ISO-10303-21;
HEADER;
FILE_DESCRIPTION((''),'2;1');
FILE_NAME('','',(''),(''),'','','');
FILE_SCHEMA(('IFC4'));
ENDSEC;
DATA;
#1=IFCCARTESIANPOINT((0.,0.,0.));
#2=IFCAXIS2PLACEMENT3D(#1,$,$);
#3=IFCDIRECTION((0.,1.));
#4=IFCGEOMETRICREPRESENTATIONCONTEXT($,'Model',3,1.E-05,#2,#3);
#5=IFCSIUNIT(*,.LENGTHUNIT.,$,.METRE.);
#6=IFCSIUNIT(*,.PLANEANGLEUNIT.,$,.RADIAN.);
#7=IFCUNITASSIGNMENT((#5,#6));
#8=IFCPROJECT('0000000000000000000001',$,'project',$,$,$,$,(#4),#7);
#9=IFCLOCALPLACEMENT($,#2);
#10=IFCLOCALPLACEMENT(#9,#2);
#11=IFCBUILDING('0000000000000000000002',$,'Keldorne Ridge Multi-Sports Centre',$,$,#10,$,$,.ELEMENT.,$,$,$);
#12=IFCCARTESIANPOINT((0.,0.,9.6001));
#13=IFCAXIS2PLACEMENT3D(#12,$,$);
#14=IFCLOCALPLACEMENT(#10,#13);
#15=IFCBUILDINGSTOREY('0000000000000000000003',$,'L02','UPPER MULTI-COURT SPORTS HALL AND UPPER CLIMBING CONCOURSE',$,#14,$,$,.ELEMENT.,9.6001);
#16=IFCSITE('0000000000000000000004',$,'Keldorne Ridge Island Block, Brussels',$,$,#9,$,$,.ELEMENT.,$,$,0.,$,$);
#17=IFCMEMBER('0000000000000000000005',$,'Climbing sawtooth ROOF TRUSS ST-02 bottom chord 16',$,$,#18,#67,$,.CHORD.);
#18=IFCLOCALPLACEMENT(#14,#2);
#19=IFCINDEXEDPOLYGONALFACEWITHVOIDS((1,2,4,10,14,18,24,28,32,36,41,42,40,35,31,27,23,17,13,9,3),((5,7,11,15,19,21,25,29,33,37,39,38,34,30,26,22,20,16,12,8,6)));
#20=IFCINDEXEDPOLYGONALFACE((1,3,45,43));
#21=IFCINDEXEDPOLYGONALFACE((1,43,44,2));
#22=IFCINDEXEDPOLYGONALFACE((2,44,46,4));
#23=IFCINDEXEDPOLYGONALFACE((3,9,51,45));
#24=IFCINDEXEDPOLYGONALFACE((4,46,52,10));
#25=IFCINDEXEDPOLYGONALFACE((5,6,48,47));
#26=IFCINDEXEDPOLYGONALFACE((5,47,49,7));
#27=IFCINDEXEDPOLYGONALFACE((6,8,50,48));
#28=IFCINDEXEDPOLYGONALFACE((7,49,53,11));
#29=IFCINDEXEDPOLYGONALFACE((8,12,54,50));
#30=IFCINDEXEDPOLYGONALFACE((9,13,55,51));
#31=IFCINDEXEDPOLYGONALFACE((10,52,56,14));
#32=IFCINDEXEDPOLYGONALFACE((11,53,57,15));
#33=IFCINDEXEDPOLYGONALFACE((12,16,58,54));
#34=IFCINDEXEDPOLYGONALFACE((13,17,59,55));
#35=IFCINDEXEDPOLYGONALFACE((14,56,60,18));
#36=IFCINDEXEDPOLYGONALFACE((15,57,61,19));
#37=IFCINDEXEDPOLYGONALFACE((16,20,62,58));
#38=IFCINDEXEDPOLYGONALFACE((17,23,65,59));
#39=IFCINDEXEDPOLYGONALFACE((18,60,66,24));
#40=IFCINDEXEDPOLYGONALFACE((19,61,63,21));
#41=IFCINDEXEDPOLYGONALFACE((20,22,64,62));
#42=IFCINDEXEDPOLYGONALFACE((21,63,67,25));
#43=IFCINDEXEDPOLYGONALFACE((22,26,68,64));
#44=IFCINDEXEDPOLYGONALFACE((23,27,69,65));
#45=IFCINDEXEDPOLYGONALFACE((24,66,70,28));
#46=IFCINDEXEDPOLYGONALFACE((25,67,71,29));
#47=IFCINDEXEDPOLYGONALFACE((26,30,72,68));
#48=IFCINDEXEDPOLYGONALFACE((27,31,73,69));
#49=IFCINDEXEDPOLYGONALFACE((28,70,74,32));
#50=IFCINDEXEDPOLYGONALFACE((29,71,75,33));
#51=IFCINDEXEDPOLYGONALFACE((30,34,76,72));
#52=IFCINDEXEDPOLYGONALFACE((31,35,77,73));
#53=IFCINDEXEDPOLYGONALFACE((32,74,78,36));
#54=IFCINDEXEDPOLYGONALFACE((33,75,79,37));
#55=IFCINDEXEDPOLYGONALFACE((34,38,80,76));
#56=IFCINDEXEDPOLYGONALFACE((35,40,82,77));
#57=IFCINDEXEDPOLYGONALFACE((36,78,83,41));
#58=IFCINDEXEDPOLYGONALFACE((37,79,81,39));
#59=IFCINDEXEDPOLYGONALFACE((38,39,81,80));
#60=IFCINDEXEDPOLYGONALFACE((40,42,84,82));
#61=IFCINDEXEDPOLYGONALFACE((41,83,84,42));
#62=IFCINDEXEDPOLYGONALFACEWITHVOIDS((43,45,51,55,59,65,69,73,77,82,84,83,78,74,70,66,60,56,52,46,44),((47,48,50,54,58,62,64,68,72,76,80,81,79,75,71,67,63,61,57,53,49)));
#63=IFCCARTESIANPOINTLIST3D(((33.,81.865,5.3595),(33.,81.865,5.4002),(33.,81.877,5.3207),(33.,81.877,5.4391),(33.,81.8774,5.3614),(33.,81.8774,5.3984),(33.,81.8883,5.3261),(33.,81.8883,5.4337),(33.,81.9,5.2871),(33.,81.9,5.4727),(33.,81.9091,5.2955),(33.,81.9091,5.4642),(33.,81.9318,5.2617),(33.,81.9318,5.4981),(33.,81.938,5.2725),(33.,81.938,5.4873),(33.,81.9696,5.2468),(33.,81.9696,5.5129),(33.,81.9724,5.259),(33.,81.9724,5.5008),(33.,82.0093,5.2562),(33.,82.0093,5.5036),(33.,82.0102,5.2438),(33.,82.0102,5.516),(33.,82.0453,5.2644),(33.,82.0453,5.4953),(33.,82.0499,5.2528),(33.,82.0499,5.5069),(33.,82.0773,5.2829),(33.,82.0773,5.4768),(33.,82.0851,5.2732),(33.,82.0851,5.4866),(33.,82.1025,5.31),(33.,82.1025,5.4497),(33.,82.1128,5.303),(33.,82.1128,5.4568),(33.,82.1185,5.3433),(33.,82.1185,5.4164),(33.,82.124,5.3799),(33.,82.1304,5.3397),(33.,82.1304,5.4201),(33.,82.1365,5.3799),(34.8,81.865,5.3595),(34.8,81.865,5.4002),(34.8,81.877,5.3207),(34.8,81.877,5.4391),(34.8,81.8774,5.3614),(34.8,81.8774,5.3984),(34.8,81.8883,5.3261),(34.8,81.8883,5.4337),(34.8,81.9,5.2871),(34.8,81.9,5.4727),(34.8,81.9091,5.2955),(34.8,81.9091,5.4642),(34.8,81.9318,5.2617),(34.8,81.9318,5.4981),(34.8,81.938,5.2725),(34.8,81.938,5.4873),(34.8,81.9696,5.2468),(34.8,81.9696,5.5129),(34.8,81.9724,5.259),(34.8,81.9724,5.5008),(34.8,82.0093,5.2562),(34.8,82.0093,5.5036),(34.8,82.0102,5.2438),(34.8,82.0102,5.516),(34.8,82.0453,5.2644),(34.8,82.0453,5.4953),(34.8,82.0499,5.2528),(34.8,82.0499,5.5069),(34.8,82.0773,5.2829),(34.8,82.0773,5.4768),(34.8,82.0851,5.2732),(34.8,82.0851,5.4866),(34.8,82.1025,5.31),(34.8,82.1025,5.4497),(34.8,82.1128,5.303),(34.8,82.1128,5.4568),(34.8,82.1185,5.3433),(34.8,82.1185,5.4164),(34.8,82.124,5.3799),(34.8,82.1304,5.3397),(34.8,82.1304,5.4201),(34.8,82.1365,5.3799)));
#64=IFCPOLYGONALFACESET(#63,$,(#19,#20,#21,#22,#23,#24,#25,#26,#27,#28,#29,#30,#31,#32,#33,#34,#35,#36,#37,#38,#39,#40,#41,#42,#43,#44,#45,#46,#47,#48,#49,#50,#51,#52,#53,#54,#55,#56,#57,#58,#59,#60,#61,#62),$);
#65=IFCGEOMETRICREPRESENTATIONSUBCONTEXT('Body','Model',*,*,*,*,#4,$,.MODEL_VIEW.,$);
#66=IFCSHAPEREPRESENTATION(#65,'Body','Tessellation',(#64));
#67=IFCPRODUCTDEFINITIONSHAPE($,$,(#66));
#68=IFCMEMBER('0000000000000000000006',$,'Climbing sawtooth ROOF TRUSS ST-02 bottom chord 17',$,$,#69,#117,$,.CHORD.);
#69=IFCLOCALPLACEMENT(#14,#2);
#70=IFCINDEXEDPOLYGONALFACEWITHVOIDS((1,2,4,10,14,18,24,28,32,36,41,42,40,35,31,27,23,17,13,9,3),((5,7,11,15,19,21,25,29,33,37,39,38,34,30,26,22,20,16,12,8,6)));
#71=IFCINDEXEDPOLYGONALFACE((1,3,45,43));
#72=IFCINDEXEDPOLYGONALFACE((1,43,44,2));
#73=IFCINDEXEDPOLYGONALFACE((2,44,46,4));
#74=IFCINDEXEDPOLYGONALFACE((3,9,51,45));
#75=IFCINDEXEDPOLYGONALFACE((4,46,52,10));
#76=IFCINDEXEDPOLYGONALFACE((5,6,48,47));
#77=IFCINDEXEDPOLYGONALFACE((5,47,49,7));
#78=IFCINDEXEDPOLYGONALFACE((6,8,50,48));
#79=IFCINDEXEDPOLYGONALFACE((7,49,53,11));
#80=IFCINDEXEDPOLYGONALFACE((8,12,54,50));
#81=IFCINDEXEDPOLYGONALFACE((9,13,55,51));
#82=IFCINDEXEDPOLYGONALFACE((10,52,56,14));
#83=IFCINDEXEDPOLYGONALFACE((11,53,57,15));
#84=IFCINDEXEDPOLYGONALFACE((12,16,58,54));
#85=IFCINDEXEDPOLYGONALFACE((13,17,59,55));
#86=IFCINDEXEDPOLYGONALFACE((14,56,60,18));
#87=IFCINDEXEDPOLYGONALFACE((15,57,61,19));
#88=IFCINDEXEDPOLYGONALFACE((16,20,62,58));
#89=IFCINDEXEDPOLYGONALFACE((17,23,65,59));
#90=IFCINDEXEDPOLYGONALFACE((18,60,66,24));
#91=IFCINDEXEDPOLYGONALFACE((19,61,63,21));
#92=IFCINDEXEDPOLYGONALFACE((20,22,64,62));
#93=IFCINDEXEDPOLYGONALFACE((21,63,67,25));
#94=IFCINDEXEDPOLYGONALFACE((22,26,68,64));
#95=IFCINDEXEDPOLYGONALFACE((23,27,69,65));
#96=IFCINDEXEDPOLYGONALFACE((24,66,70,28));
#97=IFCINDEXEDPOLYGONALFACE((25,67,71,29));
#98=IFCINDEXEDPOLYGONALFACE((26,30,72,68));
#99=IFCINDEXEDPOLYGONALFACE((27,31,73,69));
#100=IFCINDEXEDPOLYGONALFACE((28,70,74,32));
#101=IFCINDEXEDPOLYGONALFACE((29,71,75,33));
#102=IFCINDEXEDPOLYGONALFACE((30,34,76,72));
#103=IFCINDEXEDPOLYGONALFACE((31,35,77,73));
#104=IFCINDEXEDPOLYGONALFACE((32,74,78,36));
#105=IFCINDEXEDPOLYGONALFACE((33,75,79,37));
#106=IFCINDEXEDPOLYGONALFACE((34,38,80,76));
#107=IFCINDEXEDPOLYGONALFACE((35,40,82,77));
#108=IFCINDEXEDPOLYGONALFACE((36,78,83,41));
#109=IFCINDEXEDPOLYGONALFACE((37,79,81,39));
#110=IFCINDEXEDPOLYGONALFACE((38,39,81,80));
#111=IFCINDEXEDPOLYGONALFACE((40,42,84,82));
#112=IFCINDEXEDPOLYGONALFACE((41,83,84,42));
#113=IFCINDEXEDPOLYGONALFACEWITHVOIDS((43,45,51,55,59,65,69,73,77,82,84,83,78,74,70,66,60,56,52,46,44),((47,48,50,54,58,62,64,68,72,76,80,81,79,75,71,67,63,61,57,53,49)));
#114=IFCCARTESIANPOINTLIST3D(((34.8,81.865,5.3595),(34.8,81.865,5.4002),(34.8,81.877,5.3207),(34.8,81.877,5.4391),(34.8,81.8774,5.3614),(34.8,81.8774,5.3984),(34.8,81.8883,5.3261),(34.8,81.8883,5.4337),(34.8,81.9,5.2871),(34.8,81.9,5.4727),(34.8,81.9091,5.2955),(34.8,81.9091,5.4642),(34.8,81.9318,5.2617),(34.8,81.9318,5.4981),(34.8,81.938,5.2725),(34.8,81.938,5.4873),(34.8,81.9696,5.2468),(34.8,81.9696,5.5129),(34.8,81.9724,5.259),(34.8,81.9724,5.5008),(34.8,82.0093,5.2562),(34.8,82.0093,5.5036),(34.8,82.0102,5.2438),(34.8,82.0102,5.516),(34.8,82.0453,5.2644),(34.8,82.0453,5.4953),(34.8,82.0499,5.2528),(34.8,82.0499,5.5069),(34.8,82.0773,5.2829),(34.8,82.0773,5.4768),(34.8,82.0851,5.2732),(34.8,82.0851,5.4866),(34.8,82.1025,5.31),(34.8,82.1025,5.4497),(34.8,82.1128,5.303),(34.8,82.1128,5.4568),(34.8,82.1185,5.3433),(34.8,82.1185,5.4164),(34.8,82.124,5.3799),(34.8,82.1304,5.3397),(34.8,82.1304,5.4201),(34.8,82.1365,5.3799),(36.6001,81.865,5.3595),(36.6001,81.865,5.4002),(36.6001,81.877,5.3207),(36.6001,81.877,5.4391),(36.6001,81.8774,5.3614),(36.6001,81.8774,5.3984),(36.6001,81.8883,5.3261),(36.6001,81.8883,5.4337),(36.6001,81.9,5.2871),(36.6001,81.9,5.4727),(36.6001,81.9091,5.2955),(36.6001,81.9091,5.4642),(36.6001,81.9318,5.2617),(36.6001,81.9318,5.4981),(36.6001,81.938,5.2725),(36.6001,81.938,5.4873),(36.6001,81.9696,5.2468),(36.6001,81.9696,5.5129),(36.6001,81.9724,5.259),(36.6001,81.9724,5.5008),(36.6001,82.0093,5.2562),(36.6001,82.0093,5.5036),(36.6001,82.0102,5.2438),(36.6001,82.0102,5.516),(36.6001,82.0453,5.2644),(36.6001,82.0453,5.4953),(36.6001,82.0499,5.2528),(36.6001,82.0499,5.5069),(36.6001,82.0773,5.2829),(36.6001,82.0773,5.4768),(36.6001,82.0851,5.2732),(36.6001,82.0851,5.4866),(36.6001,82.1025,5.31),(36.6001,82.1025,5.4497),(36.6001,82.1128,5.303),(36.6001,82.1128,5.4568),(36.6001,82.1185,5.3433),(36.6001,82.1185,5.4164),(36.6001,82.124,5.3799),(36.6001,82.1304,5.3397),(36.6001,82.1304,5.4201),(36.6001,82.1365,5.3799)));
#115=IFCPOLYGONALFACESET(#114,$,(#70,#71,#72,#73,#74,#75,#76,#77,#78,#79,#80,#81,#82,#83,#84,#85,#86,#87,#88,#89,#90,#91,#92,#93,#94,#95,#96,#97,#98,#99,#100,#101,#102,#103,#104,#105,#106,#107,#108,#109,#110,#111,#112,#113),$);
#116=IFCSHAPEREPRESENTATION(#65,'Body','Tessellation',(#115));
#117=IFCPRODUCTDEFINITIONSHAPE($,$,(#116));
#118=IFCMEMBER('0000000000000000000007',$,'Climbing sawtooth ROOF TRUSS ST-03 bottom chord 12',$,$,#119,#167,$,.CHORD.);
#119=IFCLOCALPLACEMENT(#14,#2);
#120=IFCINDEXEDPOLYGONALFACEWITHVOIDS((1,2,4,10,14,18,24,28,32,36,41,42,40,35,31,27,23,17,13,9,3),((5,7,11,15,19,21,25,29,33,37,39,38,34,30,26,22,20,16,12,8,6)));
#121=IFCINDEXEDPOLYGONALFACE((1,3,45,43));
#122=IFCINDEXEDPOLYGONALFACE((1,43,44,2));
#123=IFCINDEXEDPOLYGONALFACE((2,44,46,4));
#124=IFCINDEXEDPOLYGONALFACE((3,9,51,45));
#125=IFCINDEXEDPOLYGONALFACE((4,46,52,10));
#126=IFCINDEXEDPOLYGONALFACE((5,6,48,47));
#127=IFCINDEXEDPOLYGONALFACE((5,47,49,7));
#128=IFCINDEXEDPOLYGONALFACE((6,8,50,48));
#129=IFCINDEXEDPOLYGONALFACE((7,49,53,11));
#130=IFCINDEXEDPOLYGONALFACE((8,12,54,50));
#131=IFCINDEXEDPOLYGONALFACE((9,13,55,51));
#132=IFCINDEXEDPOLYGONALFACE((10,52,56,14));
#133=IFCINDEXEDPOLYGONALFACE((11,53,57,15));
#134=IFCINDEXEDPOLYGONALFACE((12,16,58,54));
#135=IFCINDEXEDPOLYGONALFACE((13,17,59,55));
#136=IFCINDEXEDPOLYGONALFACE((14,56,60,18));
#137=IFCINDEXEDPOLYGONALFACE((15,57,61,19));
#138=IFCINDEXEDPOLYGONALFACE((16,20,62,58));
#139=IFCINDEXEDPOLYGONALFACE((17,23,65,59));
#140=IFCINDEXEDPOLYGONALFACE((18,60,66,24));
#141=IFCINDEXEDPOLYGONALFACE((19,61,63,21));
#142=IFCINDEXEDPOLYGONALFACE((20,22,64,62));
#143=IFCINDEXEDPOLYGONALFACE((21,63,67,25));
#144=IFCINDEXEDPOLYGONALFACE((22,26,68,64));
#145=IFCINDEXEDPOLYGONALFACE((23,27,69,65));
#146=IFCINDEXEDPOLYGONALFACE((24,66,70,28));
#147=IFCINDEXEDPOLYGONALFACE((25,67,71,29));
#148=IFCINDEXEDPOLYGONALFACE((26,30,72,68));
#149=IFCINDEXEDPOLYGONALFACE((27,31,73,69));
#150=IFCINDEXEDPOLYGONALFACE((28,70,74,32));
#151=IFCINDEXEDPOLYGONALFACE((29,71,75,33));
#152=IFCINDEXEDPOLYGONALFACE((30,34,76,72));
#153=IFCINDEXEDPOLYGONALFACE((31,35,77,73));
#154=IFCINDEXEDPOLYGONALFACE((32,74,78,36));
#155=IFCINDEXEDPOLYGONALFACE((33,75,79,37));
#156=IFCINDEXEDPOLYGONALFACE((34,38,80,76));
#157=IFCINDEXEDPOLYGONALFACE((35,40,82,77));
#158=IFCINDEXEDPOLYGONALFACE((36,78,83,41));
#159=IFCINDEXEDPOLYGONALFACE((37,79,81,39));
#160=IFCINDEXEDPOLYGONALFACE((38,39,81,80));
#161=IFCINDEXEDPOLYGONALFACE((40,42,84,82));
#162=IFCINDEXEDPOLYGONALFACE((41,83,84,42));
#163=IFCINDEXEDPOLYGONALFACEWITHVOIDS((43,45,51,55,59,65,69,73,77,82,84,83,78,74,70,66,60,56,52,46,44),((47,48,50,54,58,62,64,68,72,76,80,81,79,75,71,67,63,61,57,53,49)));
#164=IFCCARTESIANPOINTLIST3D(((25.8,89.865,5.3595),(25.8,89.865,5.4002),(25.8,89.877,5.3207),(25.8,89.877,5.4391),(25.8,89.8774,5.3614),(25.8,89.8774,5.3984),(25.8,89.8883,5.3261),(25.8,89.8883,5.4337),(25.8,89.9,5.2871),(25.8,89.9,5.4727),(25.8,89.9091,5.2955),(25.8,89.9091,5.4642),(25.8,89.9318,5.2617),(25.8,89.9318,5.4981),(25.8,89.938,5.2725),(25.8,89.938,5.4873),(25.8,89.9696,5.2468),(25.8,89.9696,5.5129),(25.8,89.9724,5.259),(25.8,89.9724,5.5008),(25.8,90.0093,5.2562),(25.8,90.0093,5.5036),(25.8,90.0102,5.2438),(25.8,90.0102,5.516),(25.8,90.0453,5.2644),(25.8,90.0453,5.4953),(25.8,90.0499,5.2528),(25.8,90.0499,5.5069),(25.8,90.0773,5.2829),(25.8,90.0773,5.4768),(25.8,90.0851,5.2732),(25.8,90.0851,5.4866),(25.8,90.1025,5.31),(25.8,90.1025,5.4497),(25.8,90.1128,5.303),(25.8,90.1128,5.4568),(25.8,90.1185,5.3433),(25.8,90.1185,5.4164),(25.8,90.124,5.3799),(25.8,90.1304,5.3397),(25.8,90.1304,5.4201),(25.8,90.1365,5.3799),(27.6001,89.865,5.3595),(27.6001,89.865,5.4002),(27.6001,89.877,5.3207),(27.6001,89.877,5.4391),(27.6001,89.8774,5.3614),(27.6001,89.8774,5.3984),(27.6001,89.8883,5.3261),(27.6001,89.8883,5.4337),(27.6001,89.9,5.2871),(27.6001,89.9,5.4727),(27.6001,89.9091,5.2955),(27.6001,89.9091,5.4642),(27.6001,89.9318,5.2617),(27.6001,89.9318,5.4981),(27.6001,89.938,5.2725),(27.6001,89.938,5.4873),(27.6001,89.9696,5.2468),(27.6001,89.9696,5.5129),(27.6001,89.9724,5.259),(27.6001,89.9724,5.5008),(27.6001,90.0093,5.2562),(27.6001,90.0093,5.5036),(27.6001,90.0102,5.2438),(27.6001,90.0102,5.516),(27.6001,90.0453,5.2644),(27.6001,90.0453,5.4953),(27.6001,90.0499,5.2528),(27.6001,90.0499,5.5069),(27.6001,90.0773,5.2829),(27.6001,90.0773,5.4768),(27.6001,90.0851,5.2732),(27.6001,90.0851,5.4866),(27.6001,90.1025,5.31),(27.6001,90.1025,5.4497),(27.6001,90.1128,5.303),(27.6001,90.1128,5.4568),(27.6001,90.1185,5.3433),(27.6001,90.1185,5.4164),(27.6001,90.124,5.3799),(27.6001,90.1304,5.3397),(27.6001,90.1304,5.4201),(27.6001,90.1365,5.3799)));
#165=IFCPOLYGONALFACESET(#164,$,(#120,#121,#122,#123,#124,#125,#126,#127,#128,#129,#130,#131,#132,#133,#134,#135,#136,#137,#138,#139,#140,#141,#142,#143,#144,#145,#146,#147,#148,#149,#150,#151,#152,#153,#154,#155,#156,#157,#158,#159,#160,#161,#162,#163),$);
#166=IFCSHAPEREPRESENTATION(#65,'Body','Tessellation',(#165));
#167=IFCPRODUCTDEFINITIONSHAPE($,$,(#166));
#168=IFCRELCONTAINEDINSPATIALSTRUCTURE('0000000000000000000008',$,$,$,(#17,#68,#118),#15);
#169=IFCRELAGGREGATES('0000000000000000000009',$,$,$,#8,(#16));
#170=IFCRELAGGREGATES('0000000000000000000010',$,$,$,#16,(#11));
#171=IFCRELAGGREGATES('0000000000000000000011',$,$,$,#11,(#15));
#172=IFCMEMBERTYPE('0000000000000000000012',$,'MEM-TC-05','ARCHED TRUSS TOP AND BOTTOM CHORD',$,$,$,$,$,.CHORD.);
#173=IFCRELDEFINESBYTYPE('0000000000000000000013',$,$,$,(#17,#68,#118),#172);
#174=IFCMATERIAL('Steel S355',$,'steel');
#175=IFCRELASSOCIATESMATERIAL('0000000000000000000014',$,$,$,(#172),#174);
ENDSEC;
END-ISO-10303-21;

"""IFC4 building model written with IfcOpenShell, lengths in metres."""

from ifc_helpers import new_model, si_unit, direction, frame, origin, origin_2d, place, context, subcontext, project, spatial, hollow_circle, extrude, material, material_profile, profile_set, type_object, element, save


model = new_model("IFC4")

# Units and contexts
model_context = context("Model", 3, precision=1e-05, world=origin(), true_north=direction((0.0, 1.0)))
body_context = subcontext(model_context, "Body", "Model", "MODEL_VIEW")
ifc_project = project(units=[si_unit("LENGTHUNIT", "METRE"), si_unit("PLANEANGLEUNIT", "RADIAN")], contexts=[model_context])

# Site, building, storey
site_placement = place(None, origin())
site = spatial("IfcSite", under=ifc_project, at=site_placement, Name="Keldorne Ridge Island Block, Brussels", CompositionType="ELEMENT", RefElevation=0.0)
building_placement = place(site_placement, origin())
building = spatial("IfcBuilding", under=site, at=building_placement, Name="Keldorne Ridge Multi-Sports Centre", CompositionType="ELEMENT")
storey_placement = place(building_placement, frame((0.0, 0.0, 9.6001)))
storey = spatial("IfcBuildingStorey", under=building, at=storey_placement, Name="L02", Description="UPPER MULTI-COURT SPORTS HALL AND UPPER CLIMBING CONCOURSE", CompositionType="ELEMENT", Elevation=9.6001)

# Shared definitions
ifc_material = material(Name="Steel S355", Category="steel")

# Members
ifc_material_profile_1 = material_profile(ifc_material, hollow_circle(Radius=0.1365, WallThickness=0.0125, at=origin_2d()), Name="CHS 273x12.5")
ifc_profile_set_1 = profile_set([ifc_material_profile_1], Name="Steel S355")
member_type_1 = type_object("IfcMemberType", Name="MEM-TC-05", Description="ARCHED TRUSS TOP AND BOTTOM CHORD", PredefinedType="CHORD", material=ifc_profile_set_1)
for number, where, z_axis, x_axis, name in (
    (1, (33.0, 82.0, 5.3799), (1.0, 0.0, 0.0), (0.0, 1.0, 0.0), "Climbing sawtooth ROOF TRUSS ST-02 bottom chord 16"),
    (2, (34.8, 82.0, 5.3799), (1.0, 0.0, 0.0), (0.0, 1.0, 0.0), "Climbing sawtooth ROOF TRUSS ST-02 bottom chord 17"),
    (3, (25.8, 90.0, 5.3799), (1.0, 0.0, 0.0), (0.0, 1.0, 0.0), "Climbing sawtooth ROOF TRUSS ST-03 bottom chord 12"),
):
    element("IfcMember", number, at=place(storey_placement, frame(where, z_axis=z_axis, x_axis=x_axis)), inside=storey, type_object=member_type_1, Name=name, PredefinedType="CHORD", context=body_context, shape_type="SweptSolid", body=[
        extrude(hollow_circle(Radius=0.1365, WallThickness=0.0125, at=origin_2d()), origin(), (0.0, 0.0, 1.0), 1.8),
    ])

save(model, "model.ifc")
